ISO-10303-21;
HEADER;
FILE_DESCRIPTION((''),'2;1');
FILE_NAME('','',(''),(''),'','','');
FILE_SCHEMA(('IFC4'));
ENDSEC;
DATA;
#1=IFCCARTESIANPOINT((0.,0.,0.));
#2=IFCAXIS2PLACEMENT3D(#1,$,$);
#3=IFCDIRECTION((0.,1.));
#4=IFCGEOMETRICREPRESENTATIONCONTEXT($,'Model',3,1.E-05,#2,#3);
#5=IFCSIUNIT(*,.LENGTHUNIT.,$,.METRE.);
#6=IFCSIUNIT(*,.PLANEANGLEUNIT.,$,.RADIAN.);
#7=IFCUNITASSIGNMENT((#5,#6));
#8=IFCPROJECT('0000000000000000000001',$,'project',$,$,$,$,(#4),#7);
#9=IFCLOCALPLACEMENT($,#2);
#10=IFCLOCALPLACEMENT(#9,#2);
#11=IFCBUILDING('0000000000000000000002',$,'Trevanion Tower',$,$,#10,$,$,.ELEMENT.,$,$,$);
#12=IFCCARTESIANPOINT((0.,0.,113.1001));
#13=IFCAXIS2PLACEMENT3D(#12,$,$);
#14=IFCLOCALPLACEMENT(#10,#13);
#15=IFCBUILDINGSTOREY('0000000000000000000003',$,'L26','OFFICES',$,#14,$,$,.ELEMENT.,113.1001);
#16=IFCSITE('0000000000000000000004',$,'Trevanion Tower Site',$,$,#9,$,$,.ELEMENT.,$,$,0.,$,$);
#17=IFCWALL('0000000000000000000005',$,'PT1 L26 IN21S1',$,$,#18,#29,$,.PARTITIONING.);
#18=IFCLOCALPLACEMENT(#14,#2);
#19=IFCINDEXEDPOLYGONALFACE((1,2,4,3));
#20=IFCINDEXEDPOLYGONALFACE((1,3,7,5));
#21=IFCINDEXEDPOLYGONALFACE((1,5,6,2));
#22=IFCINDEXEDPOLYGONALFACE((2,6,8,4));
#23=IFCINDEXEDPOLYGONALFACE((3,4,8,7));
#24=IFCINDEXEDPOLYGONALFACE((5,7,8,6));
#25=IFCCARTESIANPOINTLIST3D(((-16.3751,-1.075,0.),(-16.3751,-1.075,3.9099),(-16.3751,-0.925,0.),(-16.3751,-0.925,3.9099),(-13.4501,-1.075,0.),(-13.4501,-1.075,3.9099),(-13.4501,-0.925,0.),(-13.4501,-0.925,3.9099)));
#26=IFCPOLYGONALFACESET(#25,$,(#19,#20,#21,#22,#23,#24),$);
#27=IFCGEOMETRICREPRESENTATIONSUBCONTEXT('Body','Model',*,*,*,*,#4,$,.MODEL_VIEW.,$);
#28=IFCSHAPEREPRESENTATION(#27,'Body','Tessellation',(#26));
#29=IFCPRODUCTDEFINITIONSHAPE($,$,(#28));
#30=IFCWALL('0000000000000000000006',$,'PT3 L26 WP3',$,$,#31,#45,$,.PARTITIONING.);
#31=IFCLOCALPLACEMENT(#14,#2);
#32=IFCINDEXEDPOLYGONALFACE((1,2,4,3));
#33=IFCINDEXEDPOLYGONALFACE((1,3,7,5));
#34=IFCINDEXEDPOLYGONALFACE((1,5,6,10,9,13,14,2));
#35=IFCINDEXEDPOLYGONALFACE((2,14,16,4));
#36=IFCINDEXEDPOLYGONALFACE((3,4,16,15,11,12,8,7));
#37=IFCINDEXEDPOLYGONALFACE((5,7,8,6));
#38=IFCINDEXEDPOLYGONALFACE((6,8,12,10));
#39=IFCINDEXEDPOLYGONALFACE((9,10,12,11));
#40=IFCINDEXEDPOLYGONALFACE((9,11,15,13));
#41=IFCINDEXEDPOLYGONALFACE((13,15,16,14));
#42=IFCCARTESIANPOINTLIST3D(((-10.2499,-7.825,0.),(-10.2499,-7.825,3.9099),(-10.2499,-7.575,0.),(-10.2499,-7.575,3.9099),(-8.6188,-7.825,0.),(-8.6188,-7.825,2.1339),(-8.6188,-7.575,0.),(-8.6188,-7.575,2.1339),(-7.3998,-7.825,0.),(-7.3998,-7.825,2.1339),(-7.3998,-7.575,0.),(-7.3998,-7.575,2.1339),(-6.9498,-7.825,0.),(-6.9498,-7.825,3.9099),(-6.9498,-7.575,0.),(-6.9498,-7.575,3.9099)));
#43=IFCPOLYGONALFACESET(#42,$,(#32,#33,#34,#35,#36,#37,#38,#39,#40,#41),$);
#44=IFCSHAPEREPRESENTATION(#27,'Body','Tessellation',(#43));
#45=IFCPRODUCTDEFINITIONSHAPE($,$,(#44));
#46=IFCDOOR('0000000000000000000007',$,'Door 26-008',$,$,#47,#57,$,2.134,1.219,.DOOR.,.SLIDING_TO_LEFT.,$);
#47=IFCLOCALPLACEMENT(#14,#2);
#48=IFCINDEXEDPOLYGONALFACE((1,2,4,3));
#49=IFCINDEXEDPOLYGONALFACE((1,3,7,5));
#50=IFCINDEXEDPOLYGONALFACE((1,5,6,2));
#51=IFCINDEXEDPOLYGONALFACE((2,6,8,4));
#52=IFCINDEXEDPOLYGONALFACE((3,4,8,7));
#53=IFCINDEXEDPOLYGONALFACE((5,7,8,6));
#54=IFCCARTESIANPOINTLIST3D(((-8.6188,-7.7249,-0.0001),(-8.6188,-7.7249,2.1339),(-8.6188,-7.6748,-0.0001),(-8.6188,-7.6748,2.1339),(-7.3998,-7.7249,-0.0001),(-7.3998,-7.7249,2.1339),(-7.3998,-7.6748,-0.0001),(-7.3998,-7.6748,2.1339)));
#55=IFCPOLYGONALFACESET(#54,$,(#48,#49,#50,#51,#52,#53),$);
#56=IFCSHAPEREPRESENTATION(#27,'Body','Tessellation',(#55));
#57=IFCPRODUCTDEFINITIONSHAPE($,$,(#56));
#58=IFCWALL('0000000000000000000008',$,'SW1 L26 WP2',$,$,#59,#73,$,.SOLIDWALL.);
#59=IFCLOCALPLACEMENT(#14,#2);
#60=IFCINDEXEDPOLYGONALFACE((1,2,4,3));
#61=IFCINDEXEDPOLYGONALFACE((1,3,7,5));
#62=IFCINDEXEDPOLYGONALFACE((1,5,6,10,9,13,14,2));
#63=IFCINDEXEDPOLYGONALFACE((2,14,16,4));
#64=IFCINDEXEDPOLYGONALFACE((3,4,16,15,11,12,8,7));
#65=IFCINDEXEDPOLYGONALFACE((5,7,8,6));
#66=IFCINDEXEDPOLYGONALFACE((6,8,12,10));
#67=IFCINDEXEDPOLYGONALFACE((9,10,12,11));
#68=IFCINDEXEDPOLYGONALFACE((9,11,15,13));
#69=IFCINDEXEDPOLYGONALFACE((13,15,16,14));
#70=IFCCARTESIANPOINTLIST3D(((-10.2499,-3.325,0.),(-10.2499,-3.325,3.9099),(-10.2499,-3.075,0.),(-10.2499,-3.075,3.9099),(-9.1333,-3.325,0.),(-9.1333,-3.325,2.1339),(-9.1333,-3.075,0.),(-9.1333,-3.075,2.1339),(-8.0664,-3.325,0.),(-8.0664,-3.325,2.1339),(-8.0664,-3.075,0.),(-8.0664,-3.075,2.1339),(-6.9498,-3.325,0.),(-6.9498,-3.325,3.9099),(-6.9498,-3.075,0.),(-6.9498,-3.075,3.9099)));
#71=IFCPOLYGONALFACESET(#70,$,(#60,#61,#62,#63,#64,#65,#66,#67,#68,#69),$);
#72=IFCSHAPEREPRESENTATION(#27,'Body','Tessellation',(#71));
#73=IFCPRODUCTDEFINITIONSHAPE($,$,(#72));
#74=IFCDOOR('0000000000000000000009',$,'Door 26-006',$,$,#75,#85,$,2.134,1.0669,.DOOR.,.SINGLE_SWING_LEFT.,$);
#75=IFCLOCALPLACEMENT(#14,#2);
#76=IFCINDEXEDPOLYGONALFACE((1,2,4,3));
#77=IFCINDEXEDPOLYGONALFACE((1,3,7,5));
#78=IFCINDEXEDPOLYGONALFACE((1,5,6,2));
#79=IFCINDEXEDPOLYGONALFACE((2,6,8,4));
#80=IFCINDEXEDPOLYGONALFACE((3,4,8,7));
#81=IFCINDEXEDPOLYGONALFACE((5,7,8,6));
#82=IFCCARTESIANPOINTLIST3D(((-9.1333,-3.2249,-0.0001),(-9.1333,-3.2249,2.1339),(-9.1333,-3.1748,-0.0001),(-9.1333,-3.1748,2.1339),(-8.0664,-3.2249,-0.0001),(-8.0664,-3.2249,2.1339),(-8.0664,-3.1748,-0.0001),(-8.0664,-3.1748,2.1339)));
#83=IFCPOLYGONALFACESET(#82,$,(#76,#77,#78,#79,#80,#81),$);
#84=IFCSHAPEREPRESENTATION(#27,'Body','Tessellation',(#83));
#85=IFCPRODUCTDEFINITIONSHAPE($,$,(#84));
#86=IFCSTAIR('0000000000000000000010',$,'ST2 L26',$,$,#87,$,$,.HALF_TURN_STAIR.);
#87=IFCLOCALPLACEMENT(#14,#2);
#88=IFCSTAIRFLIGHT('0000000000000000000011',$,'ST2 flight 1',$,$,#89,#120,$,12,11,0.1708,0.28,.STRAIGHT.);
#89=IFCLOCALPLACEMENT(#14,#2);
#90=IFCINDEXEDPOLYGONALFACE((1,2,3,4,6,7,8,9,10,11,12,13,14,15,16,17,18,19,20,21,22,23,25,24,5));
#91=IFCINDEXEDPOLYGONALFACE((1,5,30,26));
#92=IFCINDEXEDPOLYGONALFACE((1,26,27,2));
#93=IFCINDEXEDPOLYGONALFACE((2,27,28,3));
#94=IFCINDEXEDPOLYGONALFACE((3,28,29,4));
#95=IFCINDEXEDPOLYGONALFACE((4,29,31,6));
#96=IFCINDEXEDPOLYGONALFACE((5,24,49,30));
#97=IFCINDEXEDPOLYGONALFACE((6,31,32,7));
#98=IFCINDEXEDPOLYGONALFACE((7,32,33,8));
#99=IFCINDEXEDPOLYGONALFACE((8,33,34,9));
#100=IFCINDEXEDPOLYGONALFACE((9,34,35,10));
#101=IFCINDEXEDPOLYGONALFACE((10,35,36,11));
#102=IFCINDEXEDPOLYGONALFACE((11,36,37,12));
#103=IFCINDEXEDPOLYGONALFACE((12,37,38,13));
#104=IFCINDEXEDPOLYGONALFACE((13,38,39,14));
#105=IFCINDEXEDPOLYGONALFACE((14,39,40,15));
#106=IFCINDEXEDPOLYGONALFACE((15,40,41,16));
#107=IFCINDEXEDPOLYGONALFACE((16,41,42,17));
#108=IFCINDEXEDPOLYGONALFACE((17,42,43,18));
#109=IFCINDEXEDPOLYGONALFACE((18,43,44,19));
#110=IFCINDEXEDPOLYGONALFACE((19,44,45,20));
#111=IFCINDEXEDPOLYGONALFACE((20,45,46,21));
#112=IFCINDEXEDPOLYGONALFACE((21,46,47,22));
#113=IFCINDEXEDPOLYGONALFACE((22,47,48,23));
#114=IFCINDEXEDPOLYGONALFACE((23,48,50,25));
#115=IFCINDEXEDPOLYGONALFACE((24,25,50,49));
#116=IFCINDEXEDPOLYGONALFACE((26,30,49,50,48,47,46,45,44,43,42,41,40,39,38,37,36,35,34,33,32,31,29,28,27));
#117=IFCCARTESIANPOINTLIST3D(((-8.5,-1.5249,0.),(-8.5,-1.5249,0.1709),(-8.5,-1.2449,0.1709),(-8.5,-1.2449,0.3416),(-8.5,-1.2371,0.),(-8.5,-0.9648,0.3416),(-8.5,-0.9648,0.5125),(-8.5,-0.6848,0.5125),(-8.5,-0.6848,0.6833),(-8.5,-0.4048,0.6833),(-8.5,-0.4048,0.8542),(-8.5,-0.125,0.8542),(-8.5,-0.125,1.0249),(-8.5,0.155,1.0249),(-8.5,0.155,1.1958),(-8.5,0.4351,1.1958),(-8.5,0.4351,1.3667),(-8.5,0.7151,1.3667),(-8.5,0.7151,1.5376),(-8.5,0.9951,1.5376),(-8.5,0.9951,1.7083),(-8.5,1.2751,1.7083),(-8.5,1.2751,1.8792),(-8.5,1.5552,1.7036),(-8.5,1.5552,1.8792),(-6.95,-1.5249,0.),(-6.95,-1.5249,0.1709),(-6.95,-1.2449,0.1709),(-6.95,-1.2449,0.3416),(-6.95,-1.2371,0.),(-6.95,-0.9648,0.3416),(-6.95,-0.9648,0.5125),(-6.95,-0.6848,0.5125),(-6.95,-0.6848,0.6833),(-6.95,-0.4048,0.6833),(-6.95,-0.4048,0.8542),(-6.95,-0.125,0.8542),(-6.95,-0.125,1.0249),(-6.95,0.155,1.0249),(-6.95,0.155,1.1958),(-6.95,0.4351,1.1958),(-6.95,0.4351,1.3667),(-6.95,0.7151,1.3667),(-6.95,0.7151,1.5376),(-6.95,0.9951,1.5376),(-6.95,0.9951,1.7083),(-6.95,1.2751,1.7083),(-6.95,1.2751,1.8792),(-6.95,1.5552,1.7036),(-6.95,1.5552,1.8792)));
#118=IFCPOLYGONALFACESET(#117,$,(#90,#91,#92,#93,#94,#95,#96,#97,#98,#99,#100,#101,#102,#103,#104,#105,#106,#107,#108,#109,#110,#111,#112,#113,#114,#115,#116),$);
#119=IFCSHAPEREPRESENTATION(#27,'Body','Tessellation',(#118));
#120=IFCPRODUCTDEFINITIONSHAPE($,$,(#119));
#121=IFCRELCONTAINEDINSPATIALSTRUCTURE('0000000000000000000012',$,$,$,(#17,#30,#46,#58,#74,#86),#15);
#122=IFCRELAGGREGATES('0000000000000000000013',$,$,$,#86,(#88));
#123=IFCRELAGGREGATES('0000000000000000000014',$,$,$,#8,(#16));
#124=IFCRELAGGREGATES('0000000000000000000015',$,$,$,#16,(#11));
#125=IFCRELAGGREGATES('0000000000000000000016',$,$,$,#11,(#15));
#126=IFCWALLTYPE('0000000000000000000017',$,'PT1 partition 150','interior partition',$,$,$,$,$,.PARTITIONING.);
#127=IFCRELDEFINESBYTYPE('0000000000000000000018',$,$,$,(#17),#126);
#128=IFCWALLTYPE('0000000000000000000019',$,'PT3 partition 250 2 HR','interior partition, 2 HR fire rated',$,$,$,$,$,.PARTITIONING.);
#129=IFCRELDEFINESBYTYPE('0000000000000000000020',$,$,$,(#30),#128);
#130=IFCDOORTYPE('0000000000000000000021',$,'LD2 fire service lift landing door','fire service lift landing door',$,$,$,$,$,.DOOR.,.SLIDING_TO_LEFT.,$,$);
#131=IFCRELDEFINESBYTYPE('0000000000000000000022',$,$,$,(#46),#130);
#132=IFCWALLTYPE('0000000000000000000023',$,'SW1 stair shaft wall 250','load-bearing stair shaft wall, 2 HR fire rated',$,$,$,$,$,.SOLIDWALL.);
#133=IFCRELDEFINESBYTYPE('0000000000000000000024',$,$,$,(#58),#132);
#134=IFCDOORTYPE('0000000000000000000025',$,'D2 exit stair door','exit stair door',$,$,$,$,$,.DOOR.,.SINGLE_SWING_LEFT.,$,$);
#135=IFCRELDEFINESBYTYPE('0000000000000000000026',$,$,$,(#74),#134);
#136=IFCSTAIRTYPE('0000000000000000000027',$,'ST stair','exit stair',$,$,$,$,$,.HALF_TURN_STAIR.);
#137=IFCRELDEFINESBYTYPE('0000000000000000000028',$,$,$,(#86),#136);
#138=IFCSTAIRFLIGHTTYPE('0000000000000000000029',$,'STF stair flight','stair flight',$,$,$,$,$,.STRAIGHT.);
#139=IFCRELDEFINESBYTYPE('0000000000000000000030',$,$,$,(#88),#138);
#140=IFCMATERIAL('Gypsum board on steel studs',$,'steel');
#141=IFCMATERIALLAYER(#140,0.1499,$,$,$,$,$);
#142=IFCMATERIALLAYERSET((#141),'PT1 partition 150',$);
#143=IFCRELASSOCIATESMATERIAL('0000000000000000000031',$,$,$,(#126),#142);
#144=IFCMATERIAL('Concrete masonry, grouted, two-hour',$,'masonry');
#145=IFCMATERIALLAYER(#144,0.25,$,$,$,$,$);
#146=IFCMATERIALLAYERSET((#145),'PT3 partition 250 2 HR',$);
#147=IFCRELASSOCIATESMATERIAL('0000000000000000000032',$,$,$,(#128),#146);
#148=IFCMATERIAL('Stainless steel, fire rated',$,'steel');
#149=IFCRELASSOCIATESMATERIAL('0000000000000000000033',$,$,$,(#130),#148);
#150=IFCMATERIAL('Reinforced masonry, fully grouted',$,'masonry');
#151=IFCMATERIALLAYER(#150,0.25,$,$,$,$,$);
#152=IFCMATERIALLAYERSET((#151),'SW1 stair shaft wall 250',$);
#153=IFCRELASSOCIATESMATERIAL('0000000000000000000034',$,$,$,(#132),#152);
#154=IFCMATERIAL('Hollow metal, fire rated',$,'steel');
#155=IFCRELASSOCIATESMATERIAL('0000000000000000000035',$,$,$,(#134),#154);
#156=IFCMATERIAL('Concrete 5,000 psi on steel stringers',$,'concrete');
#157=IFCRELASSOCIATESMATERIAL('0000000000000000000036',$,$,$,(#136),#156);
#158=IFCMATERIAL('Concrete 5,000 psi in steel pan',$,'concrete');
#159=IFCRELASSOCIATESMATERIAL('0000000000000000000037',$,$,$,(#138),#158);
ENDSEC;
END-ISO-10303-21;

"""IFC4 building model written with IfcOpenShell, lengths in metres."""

from ifc_helpers import new_model, si_unit, direction, frame, frame_2d, origin, place, context, subcontext, project, spatial, polyline, rectangle, outline, extrude, material, layer, layer_set, type_object, element, fill, aggregate, save


model = new_model("IFC4")

# Units and contexts
model_context = context("Model", 3, precision=1e-05, world=origin(), true_north=direction((0.0, 1.0)))
body_context = subcontext(model_context, "Body", "Model", "MODEL_VIEW")
ifc_project = project(units=[si_unit("LENGTHUNIT", "METRE"), si_unit("PLANEANGLEUNIT", "RADIAN")], contexts=[model_context])

# Site, building, storey
site_placement = place(None, origin())
site = spatial("IfcSite", under=ifc_project, at=site_placement, Name="Trevanion Tower Site", CompositionType="ELEMENT", RefElevation=0.0)
building_placement = place(site_placement, origin())
building = spatial("IfcBuilding", under=site, at=building_placement, Name="Trevanion Tower", CompositionType="ELEMENT")
storey_placement = place(building_placement, frame((0.0, 0.0, 113.1001)))
storey = spatial("IfcBuildingStorey", under=building, at=storey_placement, Name="L26", Description="OFFICES", CompositionType="ELEMENT", Elevation=113.1001)

# Wall
ifc_material_1 = material(Name="Gypsum board on steel studs", Category="steel")
ifc_layer_1 = layer(ifc_material_1, 0.1499)
ifc_layer_set_1 = layer_set([ifc_layer_1], Name="PT1 partition 150")
wall_type_1 = type_object("IfcWallType", Name="PT1 partition 150", Description="interior partition", PredefinedType="PARTITIONING", material=ifc_layer_set_1)
wall_1_placement = place(storey_placement, frame((-16.375, -1.0, 0.0), z_axis=(0.0, 0.0, 1.0), x_axis=(1.0, 0.0, 0.0)))
element("IfcWall", 1, at=wall_1_placement, inside=storey, type_object=wall_type_1, Name="PT1 L26 IN21S1", PredefinedType="PARTITIONING", context=body_context, shape_type="SweptSolid", body=[
    extrude(rectangle(XDim=2.925, YDim=0.1499, at=frame_2d((1.4624, 0.0))), origin(), (0.0, 0.0, 1.0), 3.9099),
])

# Walls, openings, doors
ifc_material_2 = material(Name="Concrete masonry, grouted, two-hour", Category="masonry")
ifc_layer_2 = layer(ifc_material_2, 0.25)
ifc_layer_set_2 = layer_set([ifc_layer_2], Name="PT3 partition 250 2 HR")
wall_type_2 = type_object("IfcWallType", Name="PT3 partition 250 2 HR", Description="interior partition, 2 HR fire rated", PredefinedType="PARTITIONING", material=ifc_layer_set_2)
wall_2_placement = place(storey_placement, frame((-6.95, -7.7, 0.0), z_axis=(0.0, 0.0, 1.0), x_axis=(-1.0, 0.0, 0.0)))
wall_2 = element("IfcWall", 2, at=wall_2_placement, inside=storey, type_object=wall_type_2, Name="PT3 L26 WP3", PredefinedType="PARTITIONING", context=body_context, shape_type="SweptSolid", body=[
    extrude(rectangle(XDim=3.3, YDim=0.25, at=frame_2d((1.6499, 0.0))), origin(), (0.0, 0.0, 1.0), 3.9099),
])
opening_1_placement = place(wall_2_placement, frame((0.45, 0.0, 0.0)))
opening_1 = element("IfcOpeningElement", 3, at=opening_1_placement, cuts=wall_2, PredefinedType="OPENING", context=body_context, shape_type="SweptSolid", body=[
    extrude(rectangle(XDim=1.219, YDim=2.134, at=frame_2d((0.6094, 1.0669))), frame((0.0, 0.135, 0.0), z_axis=(0.0, -1.0, 0.0), x_axis=(1.0, 0.0, 0.0)), (0.0, 0.0, 1.0), 0.27),
])
ifc_material_3 = material(Name="Stainless steel, fire rated", Category="steel")
door_type_1 = type_object("IfcDoorType", Name="LD2 fire service lift landing door", Description="fire service lift landing door", OperationType="SLIDING_TO_LEFT", PredefinedType="DOOR", material=ifc_material_3)
door_1_placement = place(opening_1_placement, origin())
door_1 = element("IfcDoor", 4, at=door_1_placement, inside=storey, type_object=door_type_1, Name="Door 26-008", OperationType="SLIDING_TO_LEFT", OverallHeight=2.134, OverallWidth=1.219, PredefinedType="DOOR", context=body_context, shape_type="SweptSolid", body=[
    extrude(rectangle(XDim=1.219, YDim=2.134, at=frame_2d((0.6094, 1.0669))), frame((0.0, 0.0249, 0.0), z_axis=(0.0, -1.0, 0.0), x_axis=(1.0, 0.0, 0.0)), (0.0, 0.0, 1.0), 0.05),
])
fill(opening_1, door_1)
ifc_material_4 = material(Name="Reinforced masonry, fully grouted", Category="masonry")
ifc_layer_3 = layer(ifc_material_4, 0.25)
ifc_layer_set_3 = layer_set([ifc_layer_3], Name="SW1 stair shaft wall 250")
wall_type_3 = type_object("IfcWallType", Name="SW1 stair shaft wall 250", Description="load-bearing stair shaft wall, 2 HR fire rated", PredefinedType="SOLIDWALL", material=ifc_layer_set_3)
wall_3_placement = place(storey_placement, frame((-6.95, -3.2, 0.0), z_axis=(0.0, 0.0, 1.0), x_axis=(-1.0, 0.0, 0.0)))
wall_3 = element("IfcWall", 5, at=wall_3_placement, inside=storey, type_object=wall_type_3, Name="SW1 L26 WP2", PredefinedType="SOLIDWALL", context=body_context, shape_type="SweptSolid", body=[
    extrude(rectangle(XDim=3.3, YDim=0.25, at=frame_2d((1.6499, 0.0))), origin(), (0.0, 0.0, 1.0), 3.9099),
])
opening_2_placement = place(wall_3_placement, frame((1.1165, 0.0, 0.0)))
opening_2 = element("IfcOpeningElement", 6, at=opening_2_placement, cuts=wall_3, PredefinedType="OPENING", context=body_context, shape_type="SweptSolid", body=[
    extrude(rectangle(XDim=1.0669, YDim=2.134, at=frame_2d((0.5334, 1.0669))), frame((0.0, 0.135, 0.0), z_axis=(0.0, -1.0, 0.0), x_axis=(1.0, 0.0, 0.0)), (0.0, 0.0, 1.0), 0.27),
])
ifc_material_5 = material(Name="Hollow metal, fire rated", Category="steel")
door_type_2 = type_object("IfcDoorType", Name="D2 exit stair door", Description="exit stair door", OperationType="SINGLE_SWING_LEFT", PredefinedType="DOOR", material=ifc_material_5)
door_2_placement = place(opening_2_placement, origin())
door_2 = element("IfcDoor", 7, at=door_2_placement, inside=storey, type_object=door_type_2, Name="Door 26-006", OperationType="SINGLE_SWING_LEFT", OverallHeight=2.134, OverallWidth=1.0669, PredefinedType="DOOR", context=body_context, shape_type="SweptSolid", body=[
    extrude(rectangle(XDim=1.0669, YDim=2.134, at=frame_2d((0.5334, 1.0669))), frame((0.0, 0.0249, 0.0), z_axis=(0.0, -1.0, 0.0), x_axis=(1.0, 0.0, 0.0)), (0.0, 0.0, 1.0), 0.05),
])
fill(opening_2, door_2)

# Stair, stair flight
ifc_material_6 = material(Name="Concrete 5,000 psi on steel stringers", Category="concrete")
stair_type = type_object("IfcStairType", Name="ST stair", Description="exit stair", PredefinedType="HALF_TURN_STAIR", material=ifc_material_6)
stair_placement = place(storey_placement, origin())
stair = element("IfcStair", 8, at=stair_placement, inside=storey, type_object=stair_type, Name="ST2 L26", PredefinedType="HALF_TURN_STAIR")
ifc_material_7 = material(Name="Concrete 5,000 psi in steel pan", Category="concrete")
stair_flight_type = type_object("IfcStairFlightType", Name="STF stair flight", Description="stair flight", PredefinedType="STRAIGHT", material=ifc_material_7)
stair_flight_placement = place(storey_placement, frame((-7.7251, -1.5249, 0.0), z_axis=(0.0, 0.0, 1.0), x_axis=(0.0, 1.0, 0.0)))
stair_flight = element("IfcStairFlight", 9, at=stair_flight_placement, type_object=stair_flight_type, Name="ST2 flight 1", NumberOfRisers=12, NumberOfTreads=11, PredefinedType="STRAIGHT", RiserHeight=0.1708, TreadLength=0.28, context=body_context, shape_type="SweptSolid", body=[
    extrude(outline(polyline([(0.0, 0.0), (0.0, 0.1709), (0.28, 0.1709), (0.28, 0.3416), (0.5601, 0.3416), (0.5601, 0.5125), (0.8401, 0.5125), (0.8401, 0.6833), (1.1201, 0.6833), (1.1201, 0.8542), (1.3999, 0.8542), (1.3999, 1.0249), (1.6799, 1.0249), (1.6799, 1.1958), (1.96, 1.1958), (1.96, 1.3667), (2.24, 1.3667), (2.24, 1.5376), (2.52, 1.5376), (2.52, 1.7083), (2.8, 1.7083), (2.8, 1.8792), (3.0801, 1.8792), (3.0801, 2.05), (3.0801, 1.7036), (0.2878, 0.0), (0.0, 0.0)])), frame((0.0, 0.7749, 0.0), z_axis=(0.0, -1.0, 0.0), x_axis=(1.0, 0.0, 0.0)), (0.0, 0.0, 1.0), 1.55),
])
aggregate(stair, [stair_flight])

save(model, "model.ifc")
